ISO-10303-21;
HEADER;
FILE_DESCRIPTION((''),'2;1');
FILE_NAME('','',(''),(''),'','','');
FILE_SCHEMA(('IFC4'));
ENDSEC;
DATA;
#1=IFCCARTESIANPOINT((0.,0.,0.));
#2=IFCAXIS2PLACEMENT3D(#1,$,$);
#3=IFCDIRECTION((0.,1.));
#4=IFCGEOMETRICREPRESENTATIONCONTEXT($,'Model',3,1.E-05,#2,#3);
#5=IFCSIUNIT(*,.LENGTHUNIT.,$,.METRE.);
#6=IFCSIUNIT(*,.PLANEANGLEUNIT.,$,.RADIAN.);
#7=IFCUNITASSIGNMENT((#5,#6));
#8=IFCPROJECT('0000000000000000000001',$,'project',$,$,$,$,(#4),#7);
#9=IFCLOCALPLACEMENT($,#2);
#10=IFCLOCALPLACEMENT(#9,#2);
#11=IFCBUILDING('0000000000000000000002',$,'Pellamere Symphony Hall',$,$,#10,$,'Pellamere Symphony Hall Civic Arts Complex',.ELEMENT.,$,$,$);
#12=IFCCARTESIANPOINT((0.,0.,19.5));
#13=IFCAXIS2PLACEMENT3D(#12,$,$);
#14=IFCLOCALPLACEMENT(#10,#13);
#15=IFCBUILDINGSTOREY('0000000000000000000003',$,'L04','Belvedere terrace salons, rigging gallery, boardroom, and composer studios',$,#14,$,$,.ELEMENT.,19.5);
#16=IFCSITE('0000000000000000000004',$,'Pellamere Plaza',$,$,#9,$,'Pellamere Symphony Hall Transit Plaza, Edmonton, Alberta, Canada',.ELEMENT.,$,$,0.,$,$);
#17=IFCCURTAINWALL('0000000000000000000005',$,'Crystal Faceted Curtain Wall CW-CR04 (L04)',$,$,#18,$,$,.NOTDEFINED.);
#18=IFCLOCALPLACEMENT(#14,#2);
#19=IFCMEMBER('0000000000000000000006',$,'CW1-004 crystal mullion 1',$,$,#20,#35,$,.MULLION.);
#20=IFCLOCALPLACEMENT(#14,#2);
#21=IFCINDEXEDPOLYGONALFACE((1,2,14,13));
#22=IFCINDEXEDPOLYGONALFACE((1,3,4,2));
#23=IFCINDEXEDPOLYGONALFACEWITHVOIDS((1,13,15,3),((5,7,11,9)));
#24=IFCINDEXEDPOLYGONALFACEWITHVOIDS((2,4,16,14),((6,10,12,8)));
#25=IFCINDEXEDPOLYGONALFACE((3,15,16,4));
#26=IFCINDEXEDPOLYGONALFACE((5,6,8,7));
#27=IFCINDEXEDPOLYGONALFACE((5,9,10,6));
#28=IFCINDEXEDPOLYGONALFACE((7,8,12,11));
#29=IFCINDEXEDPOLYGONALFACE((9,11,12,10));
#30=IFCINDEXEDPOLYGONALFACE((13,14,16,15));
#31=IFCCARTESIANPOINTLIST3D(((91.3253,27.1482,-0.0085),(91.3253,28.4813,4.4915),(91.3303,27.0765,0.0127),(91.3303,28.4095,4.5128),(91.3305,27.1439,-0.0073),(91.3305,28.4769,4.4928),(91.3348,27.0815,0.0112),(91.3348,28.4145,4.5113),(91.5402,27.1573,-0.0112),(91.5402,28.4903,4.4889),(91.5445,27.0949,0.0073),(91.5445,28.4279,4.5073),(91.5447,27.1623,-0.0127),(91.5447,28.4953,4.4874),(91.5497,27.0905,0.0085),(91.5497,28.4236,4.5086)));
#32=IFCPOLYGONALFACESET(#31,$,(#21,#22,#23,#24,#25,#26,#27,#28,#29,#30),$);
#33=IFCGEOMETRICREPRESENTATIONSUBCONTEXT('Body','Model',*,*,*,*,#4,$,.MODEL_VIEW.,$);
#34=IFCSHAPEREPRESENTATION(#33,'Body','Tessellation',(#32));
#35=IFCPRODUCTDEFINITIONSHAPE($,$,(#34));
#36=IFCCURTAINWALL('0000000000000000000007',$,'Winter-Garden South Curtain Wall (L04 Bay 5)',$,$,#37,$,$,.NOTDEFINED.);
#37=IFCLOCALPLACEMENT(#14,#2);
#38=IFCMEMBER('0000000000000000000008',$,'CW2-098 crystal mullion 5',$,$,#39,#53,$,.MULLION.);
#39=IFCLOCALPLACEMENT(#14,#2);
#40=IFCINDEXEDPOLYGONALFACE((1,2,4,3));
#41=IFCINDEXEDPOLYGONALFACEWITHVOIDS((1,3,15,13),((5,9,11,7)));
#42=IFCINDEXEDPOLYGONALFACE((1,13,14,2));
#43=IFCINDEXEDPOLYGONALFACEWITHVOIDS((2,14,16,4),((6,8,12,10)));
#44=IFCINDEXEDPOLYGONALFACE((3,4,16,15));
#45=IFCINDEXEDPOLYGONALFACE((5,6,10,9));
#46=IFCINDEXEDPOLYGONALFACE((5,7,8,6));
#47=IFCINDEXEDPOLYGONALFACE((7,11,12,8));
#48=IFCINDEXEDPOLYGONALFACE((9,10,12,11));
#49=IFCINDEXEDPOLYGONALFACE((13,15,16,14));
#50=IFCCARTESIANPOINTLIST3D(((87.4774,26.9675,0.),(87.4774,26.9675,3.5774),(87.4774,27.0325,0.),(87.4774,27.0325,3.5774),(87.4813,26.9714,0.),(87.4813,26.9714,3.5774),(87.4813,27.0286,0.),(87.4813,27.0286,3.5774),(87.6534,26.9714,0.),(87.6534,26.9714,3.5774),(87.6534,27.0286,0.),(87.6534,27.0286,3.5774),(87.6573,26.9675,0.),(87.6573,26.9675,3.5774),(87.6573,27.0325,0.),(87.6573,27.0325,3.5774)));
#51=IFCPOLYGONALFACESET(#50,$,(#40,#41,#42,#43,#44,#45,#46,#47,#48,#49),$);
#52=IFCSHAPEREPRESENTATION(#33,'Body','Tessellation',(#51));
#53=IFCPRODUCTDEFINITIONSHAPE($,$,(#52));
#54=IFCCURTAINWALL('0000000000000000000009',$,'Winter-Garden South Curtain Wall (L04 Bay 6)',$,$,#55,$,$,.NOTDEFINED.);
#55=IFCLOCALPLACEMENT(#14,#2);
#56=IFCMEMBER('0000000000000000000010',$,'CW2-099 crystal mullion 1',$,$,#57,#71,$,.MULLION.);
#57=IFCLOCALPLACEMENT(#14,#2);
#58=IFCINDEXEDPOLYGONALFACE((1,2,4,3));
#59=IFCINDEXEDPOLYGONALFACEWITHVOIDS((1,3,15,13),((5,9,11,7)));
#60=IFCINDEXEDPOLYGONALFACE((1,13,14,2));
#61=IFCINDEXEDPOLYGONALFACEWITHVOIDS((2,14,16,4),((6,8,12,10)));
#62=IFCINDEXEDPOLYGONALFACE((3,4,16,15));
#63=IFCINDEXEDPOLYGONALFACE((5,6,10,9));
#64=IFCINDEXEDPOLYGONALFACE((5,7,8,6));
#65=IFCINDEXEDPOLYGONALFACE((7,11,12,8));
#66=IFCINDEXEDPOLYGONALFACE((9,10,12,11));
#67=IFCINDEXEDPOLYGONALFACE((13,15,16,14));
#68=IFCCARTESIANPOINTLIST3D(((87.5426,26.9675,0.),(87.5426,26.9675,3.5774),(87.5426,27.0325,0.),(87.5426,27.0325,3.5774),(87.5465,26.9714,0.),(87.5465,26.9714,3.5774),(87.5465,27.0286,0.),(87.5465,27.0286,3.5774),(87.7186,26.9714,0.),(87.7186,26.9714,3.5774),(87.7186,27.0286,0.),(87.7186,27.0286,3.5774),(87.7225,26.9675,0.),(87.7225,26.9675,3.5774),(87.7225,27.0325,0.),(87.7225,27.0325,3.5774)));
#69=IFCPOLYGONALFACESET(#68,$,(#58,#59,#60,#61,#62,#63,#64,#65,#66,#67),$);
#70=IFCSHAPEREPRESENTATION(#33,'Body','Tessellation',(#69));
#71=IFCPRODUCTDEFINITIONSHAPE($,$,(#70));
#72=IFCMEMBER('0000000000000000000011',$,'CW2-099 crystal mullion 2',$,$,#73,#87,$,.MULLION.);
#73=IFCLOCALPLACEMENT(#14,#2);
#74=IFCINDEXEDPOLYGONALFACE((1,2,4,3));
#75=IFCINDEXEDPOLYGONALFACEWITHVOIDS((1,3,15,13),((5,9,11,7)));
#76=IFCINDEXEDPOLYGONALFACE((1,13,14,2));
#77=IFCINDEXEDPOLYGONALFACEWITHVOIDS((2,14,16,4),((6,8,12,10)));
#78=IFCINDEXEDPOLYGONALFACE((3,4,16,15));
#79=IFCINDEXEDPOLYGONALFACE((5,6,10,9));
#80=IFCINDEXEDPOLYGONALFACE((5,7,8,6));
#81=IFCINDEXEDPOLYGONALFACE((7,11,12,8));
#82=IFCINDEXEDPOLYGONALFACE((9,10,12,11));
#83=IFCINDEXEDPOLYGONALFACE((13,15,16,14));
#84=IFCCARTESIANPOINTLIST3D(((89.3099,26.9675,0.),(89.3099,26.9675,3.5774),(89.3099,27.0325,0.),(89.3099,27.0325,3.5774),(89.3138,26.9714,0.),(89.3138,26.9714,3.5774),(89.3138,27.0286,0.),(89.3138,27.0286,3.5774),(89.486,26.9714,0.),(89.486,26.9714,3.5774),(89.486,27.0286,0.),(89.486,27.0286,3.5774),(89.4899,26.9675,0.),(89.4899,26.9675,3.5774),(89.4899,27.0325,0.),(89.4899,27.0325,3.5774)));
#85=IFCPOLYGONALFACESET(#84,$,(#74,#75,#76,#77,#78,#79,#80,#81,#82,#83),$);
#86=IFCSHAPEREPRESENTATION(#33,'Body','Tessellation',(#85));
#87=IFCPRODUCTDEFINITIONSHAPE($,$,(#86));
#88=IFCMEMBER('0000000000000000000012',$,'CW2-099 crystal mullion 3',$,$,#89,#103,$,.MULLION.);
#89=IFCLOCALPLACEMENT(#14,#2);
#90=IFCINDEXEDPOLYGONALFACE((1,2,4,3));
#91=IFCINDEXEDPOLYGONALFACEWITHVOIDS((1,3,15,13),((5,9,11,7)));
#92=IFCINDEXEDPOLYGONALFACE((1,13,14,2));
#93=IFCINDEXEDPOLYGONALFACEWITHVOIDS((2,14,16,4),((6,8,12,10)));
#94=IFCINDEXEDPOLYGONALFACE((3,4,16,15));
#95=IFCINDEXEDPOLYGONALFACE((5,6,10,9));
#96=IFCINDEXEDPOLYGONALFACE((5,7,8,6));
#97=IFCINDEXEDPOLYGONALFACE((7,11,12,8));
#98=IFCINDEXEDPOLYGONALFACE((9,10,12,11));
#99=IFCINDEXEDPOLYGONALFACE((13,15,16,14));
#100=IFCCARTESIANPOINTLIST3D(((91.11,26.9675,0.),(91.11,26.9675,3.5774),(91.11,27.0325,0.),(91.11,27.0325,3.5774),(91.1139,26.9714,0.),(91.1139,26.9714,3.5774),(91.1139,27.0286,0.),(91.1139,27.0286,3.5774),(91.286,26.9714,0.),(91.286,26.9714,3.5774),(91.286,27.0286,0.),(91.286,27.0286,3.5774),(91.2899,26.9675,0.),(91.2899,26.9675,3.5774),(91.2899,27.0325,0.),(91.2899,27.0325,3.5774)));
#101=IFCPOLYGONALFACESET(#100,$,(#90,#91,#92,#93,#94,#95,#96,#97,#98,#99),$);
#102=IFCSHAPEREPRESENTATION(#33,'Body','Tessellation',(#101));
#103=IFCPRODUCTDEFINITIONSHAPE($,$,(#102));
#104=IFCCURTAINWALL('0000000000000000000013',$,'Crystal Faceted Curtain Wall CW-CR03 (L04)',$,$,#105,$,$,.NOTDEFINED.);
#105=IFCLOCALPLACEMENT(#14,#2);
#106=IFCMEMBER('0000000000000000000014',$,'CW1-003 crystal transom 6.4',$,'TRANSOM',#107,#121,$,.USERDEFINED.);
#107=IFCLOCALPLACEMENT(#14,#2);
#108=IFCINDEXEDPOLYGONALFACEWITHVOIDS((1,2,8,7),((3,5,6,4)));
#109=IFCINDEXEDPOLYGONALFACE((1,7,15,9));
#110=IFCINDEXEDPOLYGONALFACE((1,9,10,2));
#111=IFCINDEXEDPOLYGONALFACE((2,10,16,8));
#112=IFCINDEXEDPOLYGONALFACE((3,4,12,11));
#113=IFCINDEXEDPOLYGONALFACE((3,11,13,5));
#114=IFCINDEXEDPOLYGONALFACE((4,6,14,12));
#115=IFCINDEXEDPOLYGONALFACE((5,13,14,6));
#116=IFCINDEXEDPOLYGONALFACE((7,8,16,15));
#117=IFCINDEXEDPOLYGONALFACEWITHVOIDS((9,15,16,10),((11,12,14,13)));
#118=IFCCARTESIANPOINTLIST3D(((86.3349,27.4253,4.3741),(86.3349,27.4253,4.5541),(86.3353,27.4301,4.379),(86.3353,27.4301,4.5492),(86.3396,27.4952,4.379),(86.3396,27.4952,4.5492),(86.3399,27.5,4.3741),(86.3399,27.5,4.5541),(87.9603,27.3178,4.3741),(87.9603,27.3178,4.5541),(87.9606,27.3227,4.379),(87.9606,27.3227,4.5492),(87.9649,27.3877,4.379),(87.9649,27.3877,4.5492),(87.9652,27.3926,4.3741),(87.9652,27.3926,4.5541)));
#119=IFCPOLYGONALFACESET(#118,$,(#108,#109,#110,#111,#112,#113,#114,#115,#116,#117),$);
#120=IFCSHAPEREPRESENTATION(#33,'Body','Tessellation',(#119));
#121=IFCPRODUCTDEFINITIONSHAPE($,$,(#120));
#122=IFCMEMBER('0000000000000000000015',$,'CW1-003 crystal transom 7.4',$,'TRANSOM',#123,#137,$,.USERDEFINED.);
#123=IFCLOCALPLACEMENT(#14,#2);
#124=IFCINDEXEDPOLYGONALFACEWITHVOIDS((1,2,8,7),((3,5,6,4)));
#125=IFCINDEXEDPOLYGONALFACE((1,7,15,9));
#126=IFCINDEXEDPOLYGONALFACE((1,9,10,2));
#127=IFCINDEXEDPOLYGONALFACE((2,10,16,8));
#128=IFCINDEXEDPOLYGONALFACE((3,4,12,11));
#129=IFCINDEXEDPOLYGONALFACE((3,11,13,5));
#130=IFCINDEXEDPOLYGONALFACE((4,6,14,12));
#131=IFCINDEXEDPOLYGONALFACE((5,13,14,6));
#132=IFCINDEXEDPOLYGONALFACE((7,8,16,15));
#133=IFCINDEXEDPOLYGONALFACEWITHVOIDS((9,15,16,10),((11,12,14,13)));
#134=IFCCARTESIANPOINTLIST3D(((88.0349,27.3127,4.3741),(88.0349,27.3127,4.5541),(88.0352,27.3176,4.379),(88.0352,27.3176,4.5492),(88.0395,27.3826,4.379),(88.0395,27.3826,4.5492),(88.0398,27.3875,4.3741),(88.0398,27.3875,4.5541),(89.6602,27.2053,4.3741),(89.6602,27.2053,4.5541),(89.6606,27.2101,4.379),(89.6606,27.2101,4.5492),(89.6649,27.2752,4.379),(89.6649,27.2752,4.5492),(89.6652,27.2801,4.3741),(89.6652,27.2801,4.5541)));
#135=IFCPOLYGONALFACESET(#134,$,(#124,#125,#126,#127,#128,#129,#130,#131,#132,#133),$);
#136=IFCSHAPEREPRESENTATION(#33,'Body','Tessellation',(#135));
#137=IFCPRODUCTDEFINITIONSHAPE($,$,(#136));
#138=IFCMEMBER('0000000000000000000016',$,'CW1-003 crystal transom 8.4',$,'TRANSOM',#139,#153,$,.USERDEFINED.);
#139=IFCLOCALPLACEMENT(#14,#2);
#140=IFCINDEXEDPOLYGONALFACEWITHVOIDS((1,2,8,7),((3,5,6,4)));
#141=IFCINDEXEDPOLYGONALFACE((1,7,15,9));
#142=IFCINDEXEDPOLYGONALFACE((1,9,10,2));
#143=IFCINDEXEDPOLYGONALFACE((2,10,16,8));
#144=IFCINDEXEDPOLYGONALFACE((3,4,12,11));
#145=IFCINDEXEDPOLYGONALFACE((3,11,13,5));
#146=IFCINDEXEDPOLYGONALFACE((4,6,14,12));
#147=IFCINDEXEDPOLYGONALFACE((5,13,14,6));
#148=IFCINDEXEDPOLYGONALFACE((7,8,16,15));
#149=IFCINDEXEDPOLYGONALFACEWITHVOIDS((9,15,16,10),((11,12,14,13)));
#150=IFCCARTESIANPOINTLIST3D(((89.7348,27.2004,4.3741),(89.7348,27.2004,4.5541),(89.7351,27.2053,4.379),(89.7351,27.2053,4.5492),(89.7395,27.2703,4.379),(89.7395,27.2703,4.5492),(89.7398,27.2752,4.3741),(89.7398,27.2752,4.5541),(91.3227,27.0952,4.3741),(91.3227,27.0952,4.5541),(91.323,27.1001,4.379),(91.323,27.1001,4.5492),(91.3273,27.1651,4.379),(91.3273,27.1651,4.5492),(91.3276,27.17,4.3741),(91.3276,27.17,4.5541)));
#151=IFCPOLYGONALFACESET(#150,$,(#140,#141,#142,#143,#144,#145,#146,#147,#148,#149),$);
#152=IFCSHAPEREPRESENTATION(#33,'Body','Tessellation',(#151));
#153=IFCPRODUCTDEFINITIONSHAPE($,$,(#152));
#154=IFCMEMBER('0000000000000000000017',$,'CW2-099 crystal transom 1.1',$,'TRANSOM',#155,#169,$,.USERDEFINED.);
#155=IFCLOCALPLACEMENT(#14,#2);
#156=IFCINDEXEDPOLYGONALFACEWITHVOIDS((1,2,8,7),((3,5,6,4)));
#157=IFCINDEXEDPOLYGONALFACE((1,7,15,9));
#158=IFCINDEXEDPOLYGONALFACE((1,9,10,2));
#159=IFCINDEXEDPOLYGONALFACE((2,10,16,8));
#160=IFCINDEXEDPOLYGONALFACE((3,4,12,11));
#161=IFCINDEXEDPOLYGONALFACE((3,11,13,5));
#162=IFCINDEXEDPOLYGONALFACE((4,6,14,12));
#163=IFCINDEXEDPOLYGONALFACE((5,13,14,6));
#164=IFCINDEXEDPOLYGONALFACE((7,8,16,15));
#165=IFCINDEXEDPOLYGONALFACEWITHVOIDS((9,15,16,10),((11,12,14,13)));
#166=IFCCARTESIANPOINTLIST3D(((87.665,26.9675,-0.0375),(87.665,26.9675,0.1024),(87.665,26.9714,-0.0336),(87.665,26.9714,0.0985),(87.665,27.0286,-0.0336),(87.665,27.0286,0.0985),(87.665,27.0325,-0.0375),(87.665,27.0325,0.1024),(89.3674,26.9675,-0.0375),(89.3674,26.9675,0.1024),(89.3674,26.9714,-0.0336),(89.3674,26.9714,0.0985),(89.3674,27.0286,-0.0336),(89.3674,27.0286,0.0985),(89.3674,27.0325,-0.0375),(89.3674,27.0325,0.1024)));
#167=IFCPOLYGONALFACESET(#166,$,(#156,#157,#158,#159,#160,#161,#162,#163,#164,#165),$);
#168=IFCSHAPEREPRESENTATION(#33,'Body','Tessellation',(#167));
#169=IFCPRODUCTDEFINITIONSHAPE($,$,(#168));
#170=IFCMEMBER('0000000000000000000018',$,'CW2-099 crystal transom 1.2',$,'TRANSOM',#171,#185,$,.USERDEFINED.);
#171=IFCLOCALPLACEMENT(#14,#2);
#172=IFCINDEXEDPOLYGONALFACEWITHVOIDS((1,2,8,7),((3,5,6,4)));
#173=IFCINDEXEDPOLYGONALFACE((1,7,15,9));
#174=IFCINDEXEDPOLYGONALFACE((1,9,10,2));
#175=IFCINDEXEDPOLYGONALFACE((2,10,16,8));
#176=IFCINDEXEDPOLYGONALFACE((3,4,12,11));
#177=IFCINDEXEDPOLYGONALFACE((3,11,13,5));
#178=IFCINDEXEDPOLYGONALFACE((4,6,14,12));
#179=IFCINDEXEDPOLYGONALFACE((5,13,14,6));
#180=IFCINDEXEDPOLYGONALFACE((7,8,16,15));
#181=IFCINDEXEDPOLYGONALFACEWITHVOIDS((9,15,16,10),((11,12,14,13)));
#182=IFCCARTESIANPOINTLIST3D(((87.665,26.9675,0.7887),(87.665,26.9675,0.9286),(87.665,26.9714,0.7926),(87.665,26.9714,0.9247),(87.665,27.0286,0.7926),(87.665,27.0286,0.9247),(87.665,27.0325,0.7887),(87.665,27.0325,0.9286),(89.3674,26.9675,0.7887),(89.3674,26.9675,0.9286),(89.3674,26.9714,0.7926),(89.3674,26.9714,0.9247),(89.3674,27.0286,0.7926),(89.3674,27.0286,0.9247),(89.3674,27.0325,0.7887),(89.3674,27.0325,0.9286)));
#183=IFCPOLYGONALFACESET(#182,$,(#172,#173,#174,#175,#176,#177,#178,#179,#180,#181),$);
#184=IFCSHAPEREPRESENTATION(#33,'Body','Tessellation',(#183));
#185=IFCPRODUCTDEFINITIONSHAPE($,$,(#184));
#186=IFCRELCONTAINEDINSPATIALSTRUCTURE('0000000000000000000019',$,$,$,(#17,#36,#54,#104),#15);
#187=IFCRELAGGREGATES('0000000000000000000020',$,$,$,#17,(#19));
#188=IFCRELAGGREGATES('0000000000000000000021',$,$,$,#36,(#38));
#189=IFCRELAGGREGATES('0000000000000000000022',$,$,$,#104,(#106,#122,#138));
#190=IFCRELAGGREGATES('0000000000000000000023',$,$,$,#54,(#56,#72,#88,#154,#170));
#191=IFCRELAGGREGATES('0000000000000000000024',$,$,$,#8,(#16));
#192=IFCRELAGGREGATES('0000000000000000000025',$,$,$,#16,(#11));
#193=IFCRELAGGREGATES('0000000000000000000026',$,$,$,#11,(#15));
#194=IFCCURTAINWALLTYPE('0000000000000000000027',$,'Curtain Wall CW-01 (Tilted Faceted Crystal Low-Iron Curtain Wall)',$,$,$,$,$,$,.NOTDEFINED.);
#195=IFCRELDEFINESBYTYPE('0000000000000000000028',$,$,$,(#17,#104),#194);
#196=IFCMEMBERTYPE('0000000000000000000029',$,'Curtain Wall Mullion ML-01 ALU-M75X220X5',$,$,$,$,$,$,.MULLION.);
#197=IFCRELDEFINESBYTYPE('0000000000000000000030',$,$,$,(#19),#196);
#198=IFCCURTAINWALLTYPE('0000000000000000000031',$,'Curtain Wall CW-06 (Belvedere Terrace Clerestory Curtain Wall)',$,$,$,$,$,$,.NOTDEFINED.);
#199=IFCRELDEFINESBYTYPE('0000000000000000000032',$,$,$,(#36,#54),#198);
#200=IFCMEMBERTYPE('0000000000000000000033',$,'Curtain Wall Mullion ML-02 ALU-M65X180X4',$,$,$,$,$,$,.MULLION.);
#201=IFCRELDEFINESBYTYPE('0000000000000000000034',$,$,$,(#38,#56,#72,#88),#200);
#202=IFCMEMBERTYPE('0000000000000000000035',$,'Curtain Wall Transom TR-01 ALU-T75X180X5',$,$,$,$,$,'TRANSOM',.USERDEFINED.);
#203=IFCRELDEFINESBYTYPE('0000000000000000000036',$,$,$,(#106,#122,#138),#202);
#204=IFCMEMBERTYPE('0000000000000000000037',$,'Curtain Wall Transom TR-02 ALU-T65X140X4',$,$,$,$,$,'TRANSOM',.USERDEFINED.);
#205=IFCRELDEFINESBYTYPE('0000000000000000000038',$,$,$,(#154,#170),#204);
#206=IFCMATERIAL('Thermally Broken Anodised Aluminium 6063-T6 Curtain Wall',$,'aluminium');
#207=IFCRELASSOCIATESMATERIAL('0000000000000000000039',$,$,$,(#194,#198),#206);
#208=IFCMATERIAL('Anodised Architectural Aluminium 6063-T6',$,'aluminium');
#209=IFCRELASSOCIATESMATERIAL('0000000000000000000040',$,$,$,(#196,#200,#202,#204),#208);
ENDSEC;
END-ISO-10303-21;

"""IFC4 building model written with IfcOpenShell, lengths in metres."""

from ifc_helpers import new_model, si_unit, direction, frame, origin, origin_2d, place, context, subcontext, project, spatial, hollow_rectangle, extrude, material, material_profile, profile_set, type_object, element, aggregate, save


model = new_model("IFC4")

# Units and contexts
model_context = context("Model", 3, precision=1e-05, world=origin(), true_north=direction((0.0, 1.0)))
body_context = subcontext(model_context, "Body", "Model", "MODEL_VIEW")
ifc_project = project(units=[si_unit("LENGTHUNIT", "METRE"), si_unit("PLANEANGLEUNIT", "RADIAN")], contexts=[model_context])

# Site, building, storey
site_placement = place(None, origin())
site = spatial("IfcSite", under=ifc_project, at=site_placement, Name="Pellamere Plaza", LongName="Pellamere Symphony Hall Transit Plaza, Edmonton, Alberta, Canada", CompositionType="ELEMENT", RefElevation=0.0)
building_placement = place(site_placement, origin())
building = spatial("IfcBuilding", under=site, at=building_placement, Name="Pellamere Symphony Hall", LongName="Pellamere Symphony Hall Civic Arts Complex", CompositionType="ELEMENT")
storey_placement = place(building_placement, frame((0.0, 0.0, 19.5)))
storey = spatial("IfcBuildingStorey", under=building, at=storey_placement, Name="L04", Description="Belvedere terrace salons, rigging gallery, boardroom, and composer studios", CompositionType="ELEMENT", Elevation=19.5)

# Curtain walls, members
ifc_material_1 = material(Name="Thermally Broken Anodised Aluminium 6063-T6 Curtain Wall", Category="aluminium")
curtain_wall_type_1 = type_object("IfcCurtainWallType", Name="Curtain Wall CW-01 (Tilted Faceted Crystal Low-Iron Curtain Wall)", PredefinedType="NOTDEFINED", material=ifc_material_1)
curtain_wall_1_placement = place(storey_placement, origin())
curtain_wall_1 = element("IfcCurtainWall", 1, at=curtain_wall_1_placement, inside=storey, type_object=curtain_wall_type_1, Name="Crystal Faceted Curtain Wall CW-CR04 (L04)", PredefinedType="NOTDEFINED")
ifc_material_2 = material(Name="Anodised Architectural Aluminium 6063-T6", Category="aluminium")
ifc_material_profile_1 = material_profile(ifc_material_2, hollow_rectangle(XDim=0.075, YDim=0.22, WallThickness=0.0049, at=origin_2d()), Name="ALU-M75X220X5")
ifc_profile_set_1 = profile_set([ifc_material_profile_1], Name="Anodised Architectural Aluminium 6063-T6")
member_type_1 = type_object("IfcMemberType", Name="Curtain Wall Mullion ML-01 ALU-M75X220X5", PredefinedType="MULLION", material=ifc_profile_set_1)
member_1_placement = place(storey_placement, frame((91.4375, 27.1194, 0.0), z_axis=(0.0, 0.284025, 0.958817), x_axis=(0.066519, -0.956693, 0.283395)))
member_1 = element("IfcMember", 2, at=member_1_placement, type_object=member_type_1, Name="CW1-004 crystal mullion 1", PredefinedType="MULLION", context=body_context, shape_type="SweptSolid", body=[
    extrude(hollow_rectangle(XDim=0.075, YDim=0.22, WallThickness=0.0049, at=origin_2d()), origin(), (0.0, 0.0, 1.0), 4.6934),
])
aggregate(curtain_wall_1, [member_1])
curtain_wall_type_2 = type_object("IfcCurtainWallType", Name="Curtain Wall CW-06 (Belvedere Terrace Clerestory Curtain Wall)", PredefinedType="NOTDEFINED", material=ifc_material_1)
curtain_wall_2_placement = place(storey_placement, origin())
curtain_wall_2 = element("IfcCurtainWall", 3, at=curtain_wall_2_placement, inside=storey, type_object=curtain_wall_type_2, Name="Winter-Garden South Curtain Wall (L04 Bay 5)", PredefinedType="NOTDEFINED")
ifc_material_profile_2 = material_profile(ifc_material_2, hollow_rectangle(XDim=0.0649, YDim=0.1799, WallThickness=0.0039, at=origin_2d()), Name="ALU-M65X180X4")
ifc_profile_set_2 = profile_set([ifc_material_profile_2], Name="Anodised Architectural Aluminium 6063-T6")
member_type_2 = type_object("IfcMemberType", Name="Curtain Wall Mullion ML-02 ALU-M65X180X4", PredefinedType="MULLION", material=ifc_profile_set_2)
member_2_placement = place(storey_placement, frame((87.5674, 27.0, 0.0), z_axis=(0.0, 0.0, 1.0), x_axis=(0.0, 1.0, 0.0)))
member_2 = element("IfcMember", 4, at=member_2_placement, type_object=member_type_2, Name="CW2-098 crystal mullion 5", PredefinedType="MULLION", context=body_context, shape_type="SweptSolid", body=[
    extrude(hollow_rectangle(XDim=0.0649, YDim=0.1799, WallThickness=0.0039, at=origin_2d()), origin(), (0.0, 0.0, 1.0), 3.5774),
])

# Curtain walls, members
curtain_wall_3_placement = place(storey_placement, origin())
curtain_wall_3 = element("IfcCurtainWall", 5, at=curtain_wall_3_placement, inside=storey, type_object=curtain_wall_type_2, Name="Winter-Garden South Curtain Wall (L04 Bay 6)", PredefinedType="NOTDEFINED")
member_3_placement = place(storey_placement, frame((87.6326, 27.0, 0.0), z_axis=(0.0, 0.0, 1.0), x_axis=(0.0, 1.0, 0.0)))
member_3 = element("IfcMember", 6, at=member_3_placement, type_object=member_type_2, Name="CW2-099 crystal mullion 1", PredefinedType="MULLION", context=body_context, shape_type="SweptSolid", body=[
    extrude(hollow_rectangle(XDim=0.0649, YDim=0.1799, WallThickness=0.0039, at=origin_2d()), origin(), (0.0, 0.0, 1.0), 3.5774),
])
member_4_placement = place(storey_placement, frame((89.3999, 27.0, 0.0), z_axis=(0.0, 0.0, 1.0), x_axis=(0.0, 1.0, 0.0)))
member_4 = element("IfcMember", 7, at=member_4_placement, type_object=member_type_2, Name="CW2-099 crystal mullion 2", PredefinedType="MULLION", context=body_context, shape_type="SweptSolid", body=[
    extrude(hollow_rectangle(XDim=0.0649, YDim=0.1799, WallThickness=0.0039, at=origin_2d()), origin(), (0.0, 0.0, 1.0), 3.5774),
])
member_5_placement = place(storey_placement, frame((91.2, 27.0, 0.0), z_axis=(0.0, 0.0, 1.0), x_axis=(0.0, 1.0, 0.0)))
member_5 = element("IfcMember", 8, at=member_5_placement, type_object=member_type_2, Name="CW2-099 crystal mullion 3", PredefinedType="MULLION", context=body_context, shape_type="SweptSolid", body=[
    extrude(hollow_rectangle(XDim=0.0649, YDim=0.1799, WallThickness=0.0039, at=origin_2d()), origin(), (0.0, 0.0, 1.0), 3.5774),
])
curtain_wall_4_placement = place(storey_placement, origin())
curtain_wall_4 = element("IfcCurtainWall", 9, at=curtain_wall_4_placement, inside=storey, type_object=curtain_wall_type_1, Name="Crystal Faceted Curtain Wall CW-CR03 (L04)", PredefinedType="NOTDEFINED")
ifc_material_profile_3 = material_profile(ifc_material_2, hollow_rectangle(XDim=0.075, YDim=0.1799, WallThickness=0.0049, at=origin_2d()), Name="ALU-T75X180X5")
ifc_profile_set_3 = profile_set([ifc_material_profile_3], Name="Anodised Architectural Aluminium 6063-T6")
member_type_3 = type_object("IfcMemberType", Name="Curtain Wall Transom TR-01 ALU-T75X180X5", ElementType="TRANSOM", PredefinedType="USERDEFINED", material=ifc_profile_set_3)
member_6_placement = place(storey_placement, frame((86.3374, 27.4626, 4.4641), z_axis=(0.997823, -0.065952, 0.0), x_axis=(0.065952, 0.997823, 0.0)))
member_6 = element("IfcMember", 10, at=member_6_placement, type_object=member_type_3, Name="CW1-003 crystal transom 6.4", ObjectType="TRANSOM", PredefinedType="USERDEFINED", context=body_context, shape_type="SweptSolid", body=[
    extrude(hollow_rectangle(XDim=0.075, YDim=0.1799, WallThickness=0.0049, at=origin_2d()), origin(), (0.0, 0.0, 1.0), 1.6289),
])
member_7_placement = place(storey_placement, frame((88.0374, 27.3501, 4.4641), z_axis=(0.997823, -0.065952, 0.0), x_axis=(0.065952, 0.997823, 0.0)))
member_7 = element("IfcMember", 11, at=member_7_placement, type_object=member_type_3, Name="CW1-003 crystal transom 7.4", ObjectType="TRANSOM", PredefinedType="USERDEFINED", context=body_context, shape_type="SweptSolid", body=[
    extrude(hollow_rectangle(XDim=0.075, YDim=0.1799, WallThickness=0.0049, at=origin_2d()), origin(), (0.0, 0.0, 1.0), 1.6289),
])
member_8_placement = place(storey_placement, frame((89.7373, 27.2378, 4.4641), z_axis=(0.997812, -0.066122, 0.0), x_axis=(0.066122, 0.997812, 0.0)))
member_8 = element("IfcMember", 12, at=member_8_placement, type_object=member_type_3, Name="CW1-003 crystal transom 8.4", ObjectType="TRANSOM", PredefinedType="USERDEFINED", context=body_context, shape_type="SweptSolid", body=[
    extrude(hollow_rectangle(XDim=0.075, YDim=0.1799, WallThickness=0.0049, at=origin_2d()), origin(), (0.0, 0.0, 1.0), 1.5913),
])

# Members
ifc_material_profile_4 = material_profile(ifc_material_2, hollow_rectangle(XDim=0.0649, YDim=0.1399, WallThickness=0.0039, at=origin_2d()), Name="ALU-T65X140X4")
ifc_profile_set_4 = profile_set([ifc_material_profile_4], Name="Anodised Architectural Aluminium 6063-T6")
member_type_4 = type_object("IfcMemberType", Name="Curtain Wall Transom TR-02 ALU-T65X140X4", ElementType="TRANSOM", PredefinedType="USERDEFINED", material=ifc_profile_set_4)
member_9_placement = place(storey_placement, frame((87.665, 27.0, 0.0325), z_axis=(1.0, 0.0, 0.0), x_axis=(0.0, 1.0, 0.0)))
member_9 = element("IfcMember", 13, at=member_9_placement, type_object=member_type_4, Name="CW2-099 crystal transom 1.1", ObjectType="TRANSOM", PredefinedType="USERDEFINED", context=body_context, shape_type="SweptSolid", body=[
    extrude(hollow_rectangle(XDim=0.0649, YDim=0.1399, WallThickness=0.0039, at=origin_2d()), origin(), (0.0, 0.0, 1.0), 1.7024),
])
member_10_placement = place(storey_placement, frame((87.665, 27.0, 0.8586), z_axis=(1.0, 0.0, 0.0), x_axis=(0.0, 1.0, 0.0)))
member_10 = element("IfcMember", 14, at=member_10_placement, type_object=member_type_4, Name="CW2-099 crystal transom 1.2", ObjectType="TRANSOM", PredefinedType="USERDEFINED", context=body_context, shape_type="SweptSolid", body=[
    extrude(hollow_rectangle(XDim=0.0649, YDim=0.1399, WallThickness=0.0039, at=origin_2d()), origin(), (0.0, 0.0, 1.0), 1.7024),
])

aggregate(curtain_wall_2, [member_2])
aggregate(curtain_wall_4, [member_6, member_7, member_8])
aggregate(curtain_wall_3, [member_3, member_4, member_5, member_9, member_10])

save(model, "model.ifc")
